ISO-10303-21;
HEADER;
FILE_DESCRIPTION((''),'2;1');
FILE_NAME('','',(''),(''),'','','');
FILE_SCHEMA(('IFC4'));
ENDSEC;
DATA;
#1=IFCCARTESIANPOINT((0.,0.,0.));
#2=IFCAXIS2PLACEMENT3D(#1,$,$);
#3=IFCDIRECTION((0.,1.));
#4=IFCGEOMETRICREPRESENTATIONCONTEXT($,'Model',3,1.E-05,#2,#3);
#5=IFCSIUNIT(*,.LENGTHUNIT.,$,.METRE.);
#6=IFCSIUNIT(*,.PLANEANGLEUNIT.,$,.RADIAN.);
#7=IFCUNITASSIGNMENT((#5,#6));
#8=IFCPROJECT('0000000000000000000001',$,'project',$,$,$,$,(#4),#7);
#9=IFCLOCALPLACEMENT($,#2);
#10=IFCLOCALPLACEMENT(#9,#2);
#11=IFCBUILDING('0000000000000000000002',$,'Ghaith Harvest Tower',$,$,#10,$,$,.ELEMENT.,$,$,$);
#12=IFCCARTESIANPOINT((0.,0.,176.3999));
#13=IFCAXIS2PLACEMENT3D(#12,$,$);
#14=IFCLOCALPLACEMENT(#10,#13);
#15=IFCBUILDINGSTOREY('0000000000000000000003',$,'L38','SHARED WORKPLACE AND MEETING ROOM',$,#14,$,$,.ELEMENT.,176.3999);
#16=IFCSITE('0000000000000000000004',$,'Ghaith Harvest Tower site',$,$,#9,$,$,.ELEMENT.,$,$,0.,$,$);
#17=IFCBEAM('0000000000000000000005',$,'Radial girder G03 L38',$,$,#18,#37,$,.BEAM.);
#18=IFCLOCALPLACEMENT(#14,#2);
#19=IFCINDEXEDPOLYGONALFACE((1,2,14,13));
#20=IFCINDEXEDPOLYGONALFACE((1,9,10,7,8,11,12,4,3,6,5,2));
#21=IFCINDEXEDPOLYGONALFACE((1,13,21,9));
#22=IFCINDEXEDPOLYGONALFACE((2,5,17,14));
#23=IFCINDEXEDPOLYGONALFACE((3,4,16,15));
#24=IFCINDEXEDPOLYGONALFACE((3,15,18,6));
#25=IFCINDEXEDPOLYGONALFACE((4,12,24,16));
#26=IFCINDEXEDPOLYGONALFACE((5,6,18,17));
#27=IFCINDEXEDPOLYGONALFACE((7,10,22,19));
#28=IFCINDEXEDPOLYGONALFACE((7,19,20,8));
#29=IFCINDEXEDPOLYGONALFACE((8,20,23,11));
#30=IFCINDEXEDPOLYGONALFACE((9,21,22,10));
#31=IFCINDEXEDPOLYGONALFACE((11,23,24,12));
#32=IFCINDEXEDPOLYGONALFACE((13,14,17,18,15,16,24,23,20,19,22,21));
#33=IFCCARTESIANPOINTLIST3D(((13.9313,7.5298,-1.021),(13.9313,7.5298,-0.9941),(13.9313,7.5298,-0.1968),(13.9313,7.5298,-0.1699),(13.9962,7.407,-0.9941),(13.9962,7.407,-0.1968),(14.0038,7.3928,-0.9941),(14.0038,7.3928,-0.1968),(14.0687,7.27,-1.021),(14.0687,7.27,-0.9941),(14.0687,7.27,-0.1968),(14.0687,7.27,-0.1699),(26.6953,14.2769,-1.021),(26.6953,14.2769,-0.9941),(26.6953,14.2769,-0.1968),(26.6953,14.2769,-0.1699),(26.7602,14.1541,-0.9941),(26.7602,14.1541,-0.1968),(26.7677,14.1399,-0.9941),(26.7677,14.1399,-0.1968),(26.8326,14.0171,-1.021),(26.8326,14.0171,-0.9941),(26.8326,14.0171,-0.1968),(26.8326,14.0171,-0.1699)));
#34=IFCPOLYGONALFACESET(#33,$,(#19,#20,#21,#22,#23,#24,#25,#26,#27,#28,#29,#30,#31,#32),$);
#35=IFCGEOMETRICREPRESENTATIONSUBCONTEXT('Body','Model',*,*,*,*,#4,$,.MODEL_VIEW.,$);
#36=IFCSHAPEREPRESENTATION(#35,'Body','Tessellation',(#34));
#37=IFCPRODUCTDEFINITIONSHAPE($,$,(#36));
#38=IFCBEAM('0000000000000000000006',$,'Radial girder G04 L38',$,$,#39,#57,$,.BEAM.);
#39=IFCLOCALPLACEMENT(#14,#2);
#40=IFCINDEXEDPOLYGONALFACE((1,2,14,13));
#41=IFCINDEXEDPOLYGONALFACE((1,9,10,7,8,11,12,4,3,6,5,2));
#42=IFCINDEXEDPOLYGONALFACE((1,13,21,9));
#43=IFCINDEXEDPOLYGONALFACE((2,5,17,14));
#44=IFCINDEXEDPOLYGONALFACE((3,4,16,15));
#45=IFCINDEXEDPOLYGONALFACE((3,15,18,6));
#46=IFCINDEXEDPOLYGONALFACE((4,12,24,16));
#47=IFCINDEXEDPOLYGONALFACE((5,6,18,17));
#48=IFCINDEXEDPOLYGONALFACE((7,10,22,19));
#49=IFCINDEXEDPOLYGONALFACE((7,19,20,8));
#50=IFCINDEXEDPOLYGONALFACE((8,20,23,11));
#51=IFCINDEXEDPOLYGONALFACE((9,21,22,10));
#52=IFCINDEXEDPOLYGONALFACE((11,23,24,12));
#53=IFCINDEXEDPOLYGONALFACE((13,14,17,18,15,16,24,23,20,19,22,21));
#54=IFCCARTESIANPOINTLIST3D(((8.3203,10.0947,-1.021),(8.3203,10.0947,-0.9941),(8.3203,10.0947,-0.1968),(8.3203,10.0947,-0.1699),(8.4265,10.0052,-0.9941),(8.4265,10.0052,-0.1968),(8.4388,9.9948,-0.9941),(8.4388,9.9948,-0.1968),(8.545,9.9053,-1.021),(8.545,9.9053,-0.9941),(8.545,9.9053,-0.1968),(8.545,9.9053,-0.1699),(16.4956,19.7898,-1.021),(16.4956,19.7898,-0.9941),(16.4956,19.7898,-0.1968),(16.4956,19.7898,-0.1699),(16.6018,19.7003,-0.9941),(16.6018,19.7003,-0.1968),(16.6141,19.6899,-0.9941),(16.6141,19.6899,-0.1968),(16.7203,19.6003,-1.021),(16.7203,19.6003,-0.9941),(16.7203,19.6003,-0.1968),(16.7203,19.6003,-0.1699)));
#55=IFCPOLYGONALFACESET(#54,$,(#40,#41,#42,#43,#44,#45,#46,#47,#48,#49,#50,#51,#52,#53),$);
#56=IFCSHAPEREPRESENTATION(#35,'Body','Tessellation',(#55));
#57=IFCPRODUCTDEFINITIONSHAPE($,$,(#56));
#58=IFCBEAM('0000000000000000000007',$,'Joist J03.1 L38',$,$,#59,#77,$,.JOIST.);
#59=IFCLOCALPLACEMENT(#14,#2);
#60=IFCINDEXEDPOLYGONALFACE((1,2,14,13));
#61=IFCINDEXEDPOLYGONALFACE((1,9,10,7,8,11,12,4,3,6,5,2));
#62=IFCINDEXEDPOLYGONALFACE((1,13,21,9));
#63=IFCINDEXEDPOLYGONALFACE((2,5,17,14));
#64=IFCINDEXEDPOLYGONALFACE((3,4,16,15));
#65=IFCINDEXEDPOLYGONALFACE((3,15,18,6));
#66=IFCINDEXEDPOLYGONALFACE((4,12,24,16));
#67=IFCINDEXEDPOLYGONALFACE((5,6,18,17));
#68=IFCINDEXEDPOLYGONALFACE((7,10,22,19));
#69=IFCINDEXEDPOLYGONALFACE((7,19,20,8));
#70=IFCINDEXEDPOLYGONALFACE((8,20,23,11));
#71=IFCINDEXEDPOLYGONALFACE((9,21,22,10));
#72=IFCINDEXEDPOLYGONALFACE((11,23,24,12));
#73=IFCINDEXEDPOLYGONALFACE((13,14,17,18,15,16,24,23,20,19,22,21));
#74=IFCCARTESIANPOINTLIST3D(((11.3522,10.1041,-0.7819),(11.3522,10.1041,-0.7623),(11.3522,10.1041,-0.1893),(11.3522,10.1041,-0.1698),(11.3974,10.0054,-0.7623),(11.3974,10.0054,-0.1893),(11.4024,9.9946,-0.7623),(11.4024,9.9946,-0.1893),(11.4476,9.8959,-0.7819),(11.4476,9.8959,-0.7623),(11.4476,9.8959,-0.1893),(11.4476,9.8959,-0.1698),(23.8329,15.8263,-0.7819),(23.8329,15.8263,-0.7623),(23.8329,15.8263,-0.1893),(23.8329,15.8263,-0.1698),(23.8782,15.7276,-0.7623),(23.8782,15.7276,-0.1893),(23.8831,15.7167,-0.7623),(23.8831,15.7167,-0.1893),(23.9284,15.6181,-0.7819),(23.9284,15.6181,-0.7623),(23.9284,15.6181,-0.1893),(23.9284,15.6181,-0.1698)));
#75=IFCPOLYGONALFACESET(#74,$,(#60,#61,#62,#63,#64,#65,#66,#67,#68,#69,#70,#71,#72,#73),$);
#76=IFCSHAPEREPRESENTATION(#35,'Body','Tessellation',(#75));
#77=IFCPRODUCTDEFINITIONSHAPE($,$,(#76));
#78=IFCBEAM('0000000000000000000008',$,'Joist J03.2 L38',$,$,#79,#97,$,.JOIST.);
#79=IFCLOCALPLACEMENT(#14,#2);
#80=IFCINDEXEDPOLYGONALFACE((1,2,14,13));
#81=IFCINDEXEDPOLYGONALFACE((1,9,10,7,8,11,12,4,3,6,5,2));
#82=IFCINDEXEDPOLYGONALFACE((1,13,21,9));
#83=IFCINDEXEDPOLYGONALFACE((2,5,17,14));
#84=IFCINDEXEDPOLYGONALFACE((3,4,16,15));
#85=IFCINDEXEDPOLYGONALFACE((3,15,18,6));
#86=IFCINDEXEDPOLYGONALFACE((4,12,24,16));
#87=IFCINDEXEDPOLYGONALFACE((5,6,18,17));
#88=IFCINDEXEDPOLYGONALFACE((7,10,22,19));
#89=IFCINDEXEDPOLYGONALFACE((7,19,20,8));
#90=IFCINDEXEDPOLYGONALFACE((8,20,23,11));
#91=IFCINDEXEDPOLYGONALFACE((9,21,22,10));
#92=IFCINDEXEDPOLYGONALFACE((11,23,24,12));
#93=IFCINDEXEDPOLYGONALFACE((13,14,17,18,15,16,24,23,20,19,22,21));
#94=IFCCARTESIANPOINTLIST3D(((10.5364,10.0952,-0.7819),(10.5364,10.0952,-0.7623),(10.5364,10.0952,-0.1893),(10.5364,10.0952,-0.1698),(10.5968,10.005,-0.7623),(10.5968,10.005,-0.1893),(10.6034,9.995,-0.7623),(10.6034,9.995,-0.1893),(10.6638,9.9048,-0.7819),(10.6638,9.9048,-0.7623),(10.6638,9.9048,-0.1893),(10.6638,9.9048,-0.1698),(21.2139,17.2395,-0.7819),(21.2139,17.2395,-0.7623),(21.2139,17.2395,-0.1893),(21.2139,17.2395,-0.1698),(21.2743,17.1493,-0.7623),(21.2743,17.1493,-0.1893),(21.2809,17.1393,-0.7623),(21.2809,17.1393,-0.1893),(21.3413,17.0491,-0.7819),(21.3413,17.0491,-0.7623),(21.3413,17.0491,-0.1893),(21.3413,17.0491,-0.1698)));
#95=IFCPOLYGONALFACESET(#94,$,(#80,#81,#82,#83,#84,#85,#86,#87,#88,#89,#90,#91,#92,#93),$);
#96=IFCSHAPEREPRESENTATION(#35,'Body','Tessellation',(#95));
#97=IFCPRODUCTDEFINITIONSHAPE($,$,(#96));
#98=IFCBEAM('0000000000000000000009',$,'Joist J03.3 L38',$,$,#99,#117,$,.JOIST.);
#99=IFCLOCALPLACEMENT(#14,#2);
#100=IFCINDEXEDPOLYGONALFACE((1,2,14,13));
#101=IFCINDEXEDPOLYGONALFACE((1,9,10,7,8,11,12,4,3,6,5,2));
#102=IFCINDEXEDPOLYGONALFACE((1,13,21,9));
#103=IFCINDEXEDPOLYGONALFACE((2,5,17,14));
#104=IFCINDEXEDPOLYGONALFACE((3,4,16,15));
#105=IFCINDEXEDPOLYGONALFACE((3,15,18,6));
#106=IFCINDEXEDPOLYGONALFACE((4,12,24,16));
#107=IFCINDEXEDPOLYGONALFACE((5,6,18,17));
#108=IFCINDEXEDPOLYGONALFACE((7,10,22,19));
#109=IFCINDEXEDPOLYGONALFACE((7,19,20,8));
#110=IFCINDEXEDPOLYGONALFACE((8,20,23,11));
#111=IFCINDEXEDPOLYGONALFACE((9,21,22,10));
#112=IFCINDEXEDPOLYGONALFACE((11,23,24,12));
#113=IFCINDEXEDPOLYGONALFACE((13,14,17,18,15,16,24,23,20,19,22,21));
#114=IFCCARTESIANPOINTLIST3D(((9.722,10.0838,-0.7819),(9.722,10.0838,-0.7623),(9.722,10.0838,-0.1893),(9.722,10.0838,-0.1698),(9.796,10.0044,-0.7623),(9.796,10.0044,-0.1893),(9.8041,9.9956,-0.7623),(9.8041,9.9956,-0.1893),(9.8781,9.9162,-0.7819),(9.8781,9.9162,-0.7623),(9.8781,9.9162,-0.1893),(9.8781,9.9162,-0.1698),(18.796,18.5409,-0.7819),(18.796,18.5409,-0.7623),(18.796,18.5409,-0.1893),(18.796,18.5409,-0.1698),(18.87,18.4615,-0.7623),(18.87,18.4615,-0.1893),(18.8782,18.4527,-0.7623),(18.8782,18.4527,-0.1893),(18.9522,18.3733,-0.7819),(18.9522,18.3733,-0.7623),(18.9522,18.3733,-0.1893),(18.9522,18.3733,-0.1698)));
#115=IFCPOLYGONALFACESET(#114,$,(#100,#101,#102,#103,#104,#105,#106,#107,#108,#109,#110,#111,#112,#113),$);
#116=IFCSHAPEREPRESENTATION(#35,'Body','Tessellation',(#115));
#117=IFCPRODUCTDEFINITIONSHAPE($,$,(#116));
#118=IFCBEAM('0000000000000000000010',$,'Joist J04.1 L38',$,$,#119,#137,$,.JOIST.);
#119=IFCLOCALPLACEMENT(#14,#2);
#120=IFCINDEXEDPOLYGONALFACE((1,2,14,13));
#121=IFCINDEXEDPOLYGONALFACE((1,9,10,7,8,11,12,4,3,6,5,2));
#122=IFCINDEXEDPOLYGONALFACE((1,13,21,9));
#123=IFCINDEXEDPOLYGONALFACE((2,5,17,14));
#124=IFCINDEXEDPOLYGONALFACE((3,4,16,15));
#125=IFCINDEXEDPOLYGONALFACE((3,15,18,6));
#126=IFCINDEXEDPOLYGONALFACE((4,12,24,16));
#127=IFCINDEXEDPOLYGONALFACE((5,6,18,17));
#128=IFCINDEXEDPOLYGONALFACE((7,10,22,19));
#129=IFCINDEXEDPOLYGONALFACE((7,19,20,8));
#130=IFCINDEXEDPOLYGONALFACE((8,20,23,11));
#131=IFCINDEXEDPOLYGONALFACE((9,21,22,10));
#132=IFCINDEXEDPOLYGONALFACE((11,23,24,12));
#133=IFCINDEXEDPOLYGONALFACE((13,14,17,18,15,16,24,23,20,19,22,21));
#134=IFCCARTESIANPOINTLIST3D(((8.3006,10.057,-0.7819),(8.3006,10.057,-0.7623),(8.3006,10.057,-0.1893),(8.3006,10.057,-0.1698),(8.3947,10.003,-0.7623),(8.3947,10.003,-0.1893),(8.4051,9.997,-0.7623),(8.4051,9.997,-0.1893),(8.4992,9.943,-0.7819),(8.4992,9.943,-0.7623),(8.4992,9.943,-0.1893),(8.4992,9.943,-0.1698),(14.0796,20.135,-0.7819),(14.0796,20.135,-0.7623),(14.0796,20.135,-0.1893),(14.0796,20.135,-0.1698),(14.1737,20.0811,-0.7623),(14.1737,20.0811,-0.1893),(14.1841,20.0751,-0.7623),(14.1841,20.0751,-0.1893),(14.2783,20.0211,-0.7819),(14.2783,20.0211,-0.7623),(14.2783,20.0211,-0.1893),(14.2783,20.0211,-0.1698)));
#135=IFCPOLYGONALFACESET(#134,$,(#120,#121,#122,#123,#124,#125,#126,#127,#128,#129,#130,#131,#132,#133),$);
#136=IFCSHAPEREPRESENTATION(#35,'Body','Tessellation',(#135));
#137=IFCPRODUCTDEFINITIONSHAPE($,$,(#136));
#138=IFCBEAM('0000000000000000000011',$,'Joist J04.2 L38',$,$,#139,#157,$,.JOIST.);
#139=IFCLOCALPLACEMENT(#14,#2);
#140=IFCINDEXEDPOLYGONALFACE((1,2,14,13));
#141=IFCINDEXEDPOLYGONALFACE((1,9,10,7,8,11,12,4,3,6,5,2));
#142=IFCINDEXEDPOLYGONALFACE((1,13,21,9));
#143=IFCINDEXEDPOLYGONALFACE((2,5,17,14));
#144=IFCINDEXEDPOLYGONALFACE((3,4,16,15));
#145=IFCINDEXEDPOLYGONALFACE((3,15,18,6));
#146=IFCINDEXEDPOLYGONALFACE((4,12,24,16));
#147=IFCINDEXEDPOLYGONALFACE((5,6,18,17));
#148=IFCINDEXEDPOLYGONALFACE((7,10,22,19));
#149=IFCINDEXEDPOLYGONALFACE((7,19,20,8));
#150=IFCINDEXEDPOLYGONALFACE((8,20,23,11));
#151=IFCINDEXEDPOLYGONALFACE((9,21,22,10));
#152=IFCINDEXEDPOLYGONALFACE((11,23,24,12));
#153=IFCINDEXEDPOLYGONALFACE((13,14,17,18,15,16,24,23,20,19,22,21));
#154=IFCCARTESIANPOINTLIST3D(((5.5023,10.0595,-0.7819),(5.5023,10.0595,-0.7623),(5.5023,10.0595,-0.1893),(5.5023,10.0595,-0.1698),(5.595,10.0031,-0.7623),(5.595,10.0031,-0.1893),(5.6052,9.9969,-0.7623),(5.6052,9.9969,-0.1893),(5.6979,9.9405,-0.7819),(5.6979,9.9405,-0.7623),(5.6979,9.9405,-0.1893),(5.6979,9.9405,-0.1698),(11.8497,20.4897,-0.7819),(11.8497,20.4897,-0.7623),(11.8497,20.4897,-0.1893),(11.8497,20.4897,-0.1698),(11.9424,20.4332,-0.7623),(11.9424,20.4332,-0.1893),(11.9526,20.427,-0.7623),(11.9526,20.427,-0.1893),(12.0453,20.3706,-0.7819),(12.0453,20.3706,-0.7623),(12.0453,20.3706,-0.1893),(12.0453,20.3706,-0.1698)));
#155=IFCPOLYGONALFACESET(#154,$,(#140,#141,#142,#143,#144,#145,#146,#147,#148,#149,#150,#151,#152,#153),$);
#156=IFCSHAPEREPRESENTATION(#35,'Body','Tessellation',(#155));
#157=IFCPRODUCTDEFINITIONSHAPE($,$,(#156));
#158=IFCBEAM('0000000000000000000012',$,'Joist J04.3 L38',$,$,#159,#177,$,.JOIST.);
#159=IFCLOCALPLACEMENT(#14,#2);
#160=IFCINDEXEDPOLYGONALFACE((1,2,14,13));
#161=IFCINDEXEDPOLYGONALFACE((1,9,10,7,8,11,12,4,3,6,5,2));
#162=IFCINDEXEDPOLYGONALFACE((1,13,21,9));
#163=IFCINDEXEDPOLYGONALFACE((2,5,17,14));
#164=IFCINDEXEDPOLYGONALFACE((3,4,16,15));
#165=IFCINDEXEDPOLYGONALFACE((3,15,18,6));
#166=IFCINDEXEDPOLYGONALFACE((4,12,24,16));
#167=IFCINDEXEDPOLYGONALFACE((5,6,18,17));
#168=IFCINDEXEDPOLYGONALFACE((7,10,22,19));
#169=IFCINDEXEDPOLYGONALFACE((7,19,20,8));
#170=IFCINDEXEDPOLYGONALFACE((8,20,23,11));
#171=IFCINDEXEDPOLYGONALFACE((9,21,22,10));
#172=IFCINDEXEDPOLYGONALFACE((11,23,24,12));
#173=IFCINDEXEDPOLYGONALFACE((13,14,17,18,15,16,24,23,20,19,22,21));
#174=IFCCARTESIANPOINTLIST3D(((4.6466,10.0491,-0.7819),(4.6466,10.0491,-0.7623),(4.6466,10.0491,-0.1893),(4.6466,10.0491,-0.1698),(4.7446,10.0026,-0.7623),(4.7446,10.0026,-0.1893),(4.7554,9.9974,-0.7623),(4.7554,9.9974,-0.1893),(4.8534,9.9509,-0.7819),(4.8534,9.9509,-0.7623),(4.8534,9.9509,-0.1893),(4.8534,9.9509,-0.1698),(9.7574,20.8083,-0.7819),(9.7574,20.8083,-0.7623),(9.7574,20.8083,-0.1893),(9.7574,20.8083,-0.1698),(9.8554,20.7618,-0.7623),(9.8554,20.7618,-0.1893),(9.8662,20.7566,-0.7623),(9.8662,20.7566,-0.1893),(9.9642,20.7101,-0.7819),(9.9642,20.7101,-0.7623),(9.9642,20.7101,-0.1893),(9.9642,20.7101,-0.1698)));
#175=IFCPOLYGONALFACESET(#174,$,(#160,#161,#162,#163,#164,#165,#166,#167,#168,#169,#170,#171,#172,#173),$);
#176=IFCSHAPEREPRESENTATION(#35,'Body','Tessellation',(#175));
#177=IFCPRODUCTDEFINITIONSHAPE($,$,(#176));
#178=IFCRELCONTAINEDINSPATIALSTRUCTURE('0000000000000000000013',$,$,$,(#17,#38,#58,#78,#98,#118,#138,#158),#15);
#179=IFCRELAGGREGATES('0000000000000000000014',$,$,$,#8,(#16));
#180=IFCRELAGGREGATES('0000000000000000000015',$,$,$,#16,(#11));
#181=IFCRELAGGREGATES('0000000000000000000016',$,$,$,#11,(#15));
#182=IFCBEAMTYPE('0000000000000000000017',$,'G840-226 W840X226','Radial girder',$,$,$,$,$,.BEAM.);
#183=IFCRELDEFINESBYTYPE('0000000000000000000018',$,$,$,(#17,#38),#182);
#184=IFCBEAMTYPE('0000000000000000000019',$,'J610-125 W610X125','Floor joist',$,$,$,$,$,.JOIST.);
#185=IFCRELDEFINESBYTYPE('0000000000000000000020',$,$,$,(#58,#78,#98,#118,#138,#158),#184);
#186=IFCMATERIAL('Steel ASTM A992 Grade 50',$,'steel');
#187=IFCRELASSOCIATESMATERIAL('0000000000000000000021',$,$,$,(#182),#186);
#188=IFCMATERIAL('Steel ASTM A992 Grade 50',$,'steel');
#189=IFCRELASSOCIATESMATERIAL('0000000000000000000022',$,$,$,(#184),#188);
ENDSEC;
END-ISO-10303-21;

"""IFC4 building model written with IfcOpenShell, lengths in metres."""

from ifc_helpers import new_model, si_unit, direction, frame, origin, origin_2d, place, context, subcontext, project, spatial, i_section, extrude, material, material_profile, profile_set, type_object, element, save


model = new_model("IFC4")

# Units and contexts
model_context = context("Model", 3, precision=1e-05, world=origin(), true_north=direction((0.0, 1.0)))
body_context = subcontext(model_context, "Body", "Model", "MODEL_VIEW")
ifc_project = project(units=[si_unit("LENGTHUNIT", "METRE"), si_unit("PLANEANGLEUNIT", "RADIAN")], contexts=[model_context])

# Site, building, storey
site_placement = place(None, origin())
site = spatial("IfcSite", under=ifc_project, at=site_placement, Name="Ghaith Harvest Tower site", CompositionType="ELEMENT", RefElevation=0.0)
building_placement = place(site_placement, origin())
building = spatial("IfcBuilding", under=site, at=building_placement, Name="Ghaith Harvest Tower", CompositionType="ELEMENT")
storey_placement = place(building_placement, frame((0.0, 0.0, 176.3999)))
storey = spatial("IfcBuildingStorey", under=building, at=storey_placement, Name="L38", Description="SHARED WORKPLACE AND MEETING ROOM", CompositionType="ELEMENT", Elevation=176.3999)

# Beams
ifc_material_1 = material(Name="Steel ASTM A992 Grade 50", Category="steel")
ifc_material_profile_1 = material_profile(ifc_material_1, i_section(OverallWidth=0.2939, OverallDepth=0.8511, WebThickness=0.0161, FlangeThickness=0.0269, at=origin_2d()), Name="W840X226")
ifc_profile_set_1 = profile_set([ifc_material_profile_1], Name="Steel ASTM A992 Grade 50")
beam_type_1 = type_object("IfcBeamType", Name="G840-226 W840X226", Description="Radial girder", PredefinedType="BEAM", material=ifc_profile_set_1)
beam_1_placement = place(storey_placement, frame((14.0, 7.3999, -0.5955), z_axis=(0.884083, 0.467331, 0.0), x_axis=(-0.467331, 0.884083, 0.0)))
element("IfcBeam", 1, at=beam_1_placement, inside=storey, type_object=beam_type_1, Name="Radial girder G03 L38", PredefinedType="BEAM", context=body_context, shape_type="SweptSolid", body=[
    extrude(i_section(OverallWidth=0.2939, OverallDepth=0.8511, WebThickness=0.0161, FlangeThickness=0.0269, at=origin_2d()), origin(), (0.0, 0.0, 1.0), 14.4375),
])
beam_2_placement = place(storey_placement, frame((8.4326, 10.0, -0.5955), z_axis=(0.644644, 0.764483, 0.0), x_axis=(-0.764483, 0.644644, 0.0)))
element("IfcBeam", 2, at=beam_2_placement, inside=storey, type_object=beam_type_1, Name="Radial girder G04 L38", PredefinedType="BEAM", context=body_context, shape_type="SweptSolid", body=[
    extrude(i_section(OverallWidth=0.2939, OverallDepth=0.8511, WebThickness=0.0161, FlangeThickness=0.0269, at=origin_2d()), origin(), (0.0, 0.0, 1.0), 12.6819),
])
ifc_material_2 = material(Name="Steel ASTM A992 Grade 50", Category="steel")
ifc_material_profile_2 = material_profile(ifc_material_2, i_section(OverallWidth=0.229, OverallDepth=0.6121, WebThickness=0.012, FlangeThickness=0.0195, at=origin_2d()), Name="W610X125")
ifc_profile_set_2 = profile_set([ifc_material_profile_2], Name="Steel ASTM A992 Grade 50")
beam_type_2 = type_object("IfcBeamType", Name="J610-125 W610X125", Description="Floor joist", PredefinedType="JOIST", material=ifc_profile_set_2)
beam_3_placement = place(storey_placement, frame((11.3999, 10.0, -0.4758), z_axis=(0.909014, 0.416766, 0.0), x_axis=(-0.416766, 0.909014, 0.0)))
element("IfcBeam", 3, at=beam_3_placement, inside=storey, type_object=beam_type_2, Name="Joist J03.1 L38", PredefinedType="JOIST", context=body_context, shape_type="SweptSolid", body=[
    extrude(i_section(OverallWidth=0.229, OverallDepth=0.6121, WebThickness=0.012, FlangeThickness=0.0195, at=origin_2d()), origin(), (0.0, 0.0, 1.0), 13.73),
])
beam_4_placement = place(storey_placement, frame((10.6001, 10.0, -0.4758), z_axis=(0.831116, 0.556098, 0.0), x_axis=(-0.556098, 0.831116, 0.0)))
element("IfcBeam", 4, at=beam_4_placement, inside=storey, type_object=beam_type_2, Name="Joist J03.2 L38", PredefinedType="JOIST", context=body_context, shape_type="SweptSolid", body=[
    extrude(i_section(OverallWidth=0.229, OverallDepth=0.6121, WebThickness=0.012, FlangeThickness=0.0195, at=origin_2d()), origin(), (0.0, 0.0, 1.0), 12.8472),
])
beam_5_placement = place(storey_placement, frame((9.8, 10.0, -0.4758), z_axis=(0.731538, 0.681801, 0.0), x_axis=(-0.681801, 0.731538, 0.0)))
element("IfcBeam", 5, at=beam_5_placement, inside=storey, type_object=beam_type_2, Name="Joist J03.3 L38", PredefinedType="JOIST", context=body_context, shape_type="SweptSolid", body=[
    extrude(i_section(OverallWidth=0.229, OverallDepth=0.6121, WebThickness=0.012, FlangeThickness=0.0195, at=origin_2d()), origin(), (0.0, 0.0, 1.0), 12.4041),
])
beam_6_placement = place(storey_placement, frame((8.3999, 10.0, -0.4758), z_axis=(0.497444, 0.867496, 0.0), x_axis=(-0.867496, 0.497444, 0.0)))
element("IfcBeam", 6, at=beam_6_placement, inside=storey, type_object=beam_type_2, Name="Joist J04.1 L38", PredefinedType="JOIST", context=body_context, shape_type="SweptSolid", body=[
    extrude(i_section(OverallWidth=0.229, OverallDepth=0.6121, WebThickness=0.012, FlangeThickness=0.0195, at=origin_2d()), origin(), (0.0, 0.0, 1.0), 11.6174),
])
beam_7_placement = place(storey_placement, frame((5.6001, 10.0, -0.4758), z_axis=(0.519864, 0.854249, 0.0), x_axis=(-0.854249, 0.519864, 0.0)))
element("IfcBeam", 7, at=beam_7_placement, inside=storey, type_object=beam_type_2, Name="Joist J04.2 L38", PredefinedType="JOIST", context=body_context, shape_type="SweptSolid", body=[
    extrude(i_section(OverallWidth=0.229, OverallDepth=0.6121, WebThickness=0.012, FlangeThickness=0.0195, at=origin_2d()), origin(), (0.0, 0.0, 1.0), 12.2097),
])
beam_8_placement = place(storey_placement, frame((4.75, 10.0, -0.4758), z_axis=(0.429069, 0.903272, 0.0), x_axis=(-0.903272, 0.429069, 0.0)))
element("IfcBeam", 8, at=beam_8_placement, inside=storey, type_object=beam_type_2, Name="Joist J04.3 L38", PredefinedType="JOIST", context=body_context, shape_type="SweptSolid", body=[
    extrude(i_section(OverallWidth=0.229, OverallDepth=0.6121, WebThickness=0.012, FlangeThickness=0.0195, at=origin_2d()), origin(), (0.0, 0.0, 1.0), 11.9114),
])

save(model, "model.ifc")
